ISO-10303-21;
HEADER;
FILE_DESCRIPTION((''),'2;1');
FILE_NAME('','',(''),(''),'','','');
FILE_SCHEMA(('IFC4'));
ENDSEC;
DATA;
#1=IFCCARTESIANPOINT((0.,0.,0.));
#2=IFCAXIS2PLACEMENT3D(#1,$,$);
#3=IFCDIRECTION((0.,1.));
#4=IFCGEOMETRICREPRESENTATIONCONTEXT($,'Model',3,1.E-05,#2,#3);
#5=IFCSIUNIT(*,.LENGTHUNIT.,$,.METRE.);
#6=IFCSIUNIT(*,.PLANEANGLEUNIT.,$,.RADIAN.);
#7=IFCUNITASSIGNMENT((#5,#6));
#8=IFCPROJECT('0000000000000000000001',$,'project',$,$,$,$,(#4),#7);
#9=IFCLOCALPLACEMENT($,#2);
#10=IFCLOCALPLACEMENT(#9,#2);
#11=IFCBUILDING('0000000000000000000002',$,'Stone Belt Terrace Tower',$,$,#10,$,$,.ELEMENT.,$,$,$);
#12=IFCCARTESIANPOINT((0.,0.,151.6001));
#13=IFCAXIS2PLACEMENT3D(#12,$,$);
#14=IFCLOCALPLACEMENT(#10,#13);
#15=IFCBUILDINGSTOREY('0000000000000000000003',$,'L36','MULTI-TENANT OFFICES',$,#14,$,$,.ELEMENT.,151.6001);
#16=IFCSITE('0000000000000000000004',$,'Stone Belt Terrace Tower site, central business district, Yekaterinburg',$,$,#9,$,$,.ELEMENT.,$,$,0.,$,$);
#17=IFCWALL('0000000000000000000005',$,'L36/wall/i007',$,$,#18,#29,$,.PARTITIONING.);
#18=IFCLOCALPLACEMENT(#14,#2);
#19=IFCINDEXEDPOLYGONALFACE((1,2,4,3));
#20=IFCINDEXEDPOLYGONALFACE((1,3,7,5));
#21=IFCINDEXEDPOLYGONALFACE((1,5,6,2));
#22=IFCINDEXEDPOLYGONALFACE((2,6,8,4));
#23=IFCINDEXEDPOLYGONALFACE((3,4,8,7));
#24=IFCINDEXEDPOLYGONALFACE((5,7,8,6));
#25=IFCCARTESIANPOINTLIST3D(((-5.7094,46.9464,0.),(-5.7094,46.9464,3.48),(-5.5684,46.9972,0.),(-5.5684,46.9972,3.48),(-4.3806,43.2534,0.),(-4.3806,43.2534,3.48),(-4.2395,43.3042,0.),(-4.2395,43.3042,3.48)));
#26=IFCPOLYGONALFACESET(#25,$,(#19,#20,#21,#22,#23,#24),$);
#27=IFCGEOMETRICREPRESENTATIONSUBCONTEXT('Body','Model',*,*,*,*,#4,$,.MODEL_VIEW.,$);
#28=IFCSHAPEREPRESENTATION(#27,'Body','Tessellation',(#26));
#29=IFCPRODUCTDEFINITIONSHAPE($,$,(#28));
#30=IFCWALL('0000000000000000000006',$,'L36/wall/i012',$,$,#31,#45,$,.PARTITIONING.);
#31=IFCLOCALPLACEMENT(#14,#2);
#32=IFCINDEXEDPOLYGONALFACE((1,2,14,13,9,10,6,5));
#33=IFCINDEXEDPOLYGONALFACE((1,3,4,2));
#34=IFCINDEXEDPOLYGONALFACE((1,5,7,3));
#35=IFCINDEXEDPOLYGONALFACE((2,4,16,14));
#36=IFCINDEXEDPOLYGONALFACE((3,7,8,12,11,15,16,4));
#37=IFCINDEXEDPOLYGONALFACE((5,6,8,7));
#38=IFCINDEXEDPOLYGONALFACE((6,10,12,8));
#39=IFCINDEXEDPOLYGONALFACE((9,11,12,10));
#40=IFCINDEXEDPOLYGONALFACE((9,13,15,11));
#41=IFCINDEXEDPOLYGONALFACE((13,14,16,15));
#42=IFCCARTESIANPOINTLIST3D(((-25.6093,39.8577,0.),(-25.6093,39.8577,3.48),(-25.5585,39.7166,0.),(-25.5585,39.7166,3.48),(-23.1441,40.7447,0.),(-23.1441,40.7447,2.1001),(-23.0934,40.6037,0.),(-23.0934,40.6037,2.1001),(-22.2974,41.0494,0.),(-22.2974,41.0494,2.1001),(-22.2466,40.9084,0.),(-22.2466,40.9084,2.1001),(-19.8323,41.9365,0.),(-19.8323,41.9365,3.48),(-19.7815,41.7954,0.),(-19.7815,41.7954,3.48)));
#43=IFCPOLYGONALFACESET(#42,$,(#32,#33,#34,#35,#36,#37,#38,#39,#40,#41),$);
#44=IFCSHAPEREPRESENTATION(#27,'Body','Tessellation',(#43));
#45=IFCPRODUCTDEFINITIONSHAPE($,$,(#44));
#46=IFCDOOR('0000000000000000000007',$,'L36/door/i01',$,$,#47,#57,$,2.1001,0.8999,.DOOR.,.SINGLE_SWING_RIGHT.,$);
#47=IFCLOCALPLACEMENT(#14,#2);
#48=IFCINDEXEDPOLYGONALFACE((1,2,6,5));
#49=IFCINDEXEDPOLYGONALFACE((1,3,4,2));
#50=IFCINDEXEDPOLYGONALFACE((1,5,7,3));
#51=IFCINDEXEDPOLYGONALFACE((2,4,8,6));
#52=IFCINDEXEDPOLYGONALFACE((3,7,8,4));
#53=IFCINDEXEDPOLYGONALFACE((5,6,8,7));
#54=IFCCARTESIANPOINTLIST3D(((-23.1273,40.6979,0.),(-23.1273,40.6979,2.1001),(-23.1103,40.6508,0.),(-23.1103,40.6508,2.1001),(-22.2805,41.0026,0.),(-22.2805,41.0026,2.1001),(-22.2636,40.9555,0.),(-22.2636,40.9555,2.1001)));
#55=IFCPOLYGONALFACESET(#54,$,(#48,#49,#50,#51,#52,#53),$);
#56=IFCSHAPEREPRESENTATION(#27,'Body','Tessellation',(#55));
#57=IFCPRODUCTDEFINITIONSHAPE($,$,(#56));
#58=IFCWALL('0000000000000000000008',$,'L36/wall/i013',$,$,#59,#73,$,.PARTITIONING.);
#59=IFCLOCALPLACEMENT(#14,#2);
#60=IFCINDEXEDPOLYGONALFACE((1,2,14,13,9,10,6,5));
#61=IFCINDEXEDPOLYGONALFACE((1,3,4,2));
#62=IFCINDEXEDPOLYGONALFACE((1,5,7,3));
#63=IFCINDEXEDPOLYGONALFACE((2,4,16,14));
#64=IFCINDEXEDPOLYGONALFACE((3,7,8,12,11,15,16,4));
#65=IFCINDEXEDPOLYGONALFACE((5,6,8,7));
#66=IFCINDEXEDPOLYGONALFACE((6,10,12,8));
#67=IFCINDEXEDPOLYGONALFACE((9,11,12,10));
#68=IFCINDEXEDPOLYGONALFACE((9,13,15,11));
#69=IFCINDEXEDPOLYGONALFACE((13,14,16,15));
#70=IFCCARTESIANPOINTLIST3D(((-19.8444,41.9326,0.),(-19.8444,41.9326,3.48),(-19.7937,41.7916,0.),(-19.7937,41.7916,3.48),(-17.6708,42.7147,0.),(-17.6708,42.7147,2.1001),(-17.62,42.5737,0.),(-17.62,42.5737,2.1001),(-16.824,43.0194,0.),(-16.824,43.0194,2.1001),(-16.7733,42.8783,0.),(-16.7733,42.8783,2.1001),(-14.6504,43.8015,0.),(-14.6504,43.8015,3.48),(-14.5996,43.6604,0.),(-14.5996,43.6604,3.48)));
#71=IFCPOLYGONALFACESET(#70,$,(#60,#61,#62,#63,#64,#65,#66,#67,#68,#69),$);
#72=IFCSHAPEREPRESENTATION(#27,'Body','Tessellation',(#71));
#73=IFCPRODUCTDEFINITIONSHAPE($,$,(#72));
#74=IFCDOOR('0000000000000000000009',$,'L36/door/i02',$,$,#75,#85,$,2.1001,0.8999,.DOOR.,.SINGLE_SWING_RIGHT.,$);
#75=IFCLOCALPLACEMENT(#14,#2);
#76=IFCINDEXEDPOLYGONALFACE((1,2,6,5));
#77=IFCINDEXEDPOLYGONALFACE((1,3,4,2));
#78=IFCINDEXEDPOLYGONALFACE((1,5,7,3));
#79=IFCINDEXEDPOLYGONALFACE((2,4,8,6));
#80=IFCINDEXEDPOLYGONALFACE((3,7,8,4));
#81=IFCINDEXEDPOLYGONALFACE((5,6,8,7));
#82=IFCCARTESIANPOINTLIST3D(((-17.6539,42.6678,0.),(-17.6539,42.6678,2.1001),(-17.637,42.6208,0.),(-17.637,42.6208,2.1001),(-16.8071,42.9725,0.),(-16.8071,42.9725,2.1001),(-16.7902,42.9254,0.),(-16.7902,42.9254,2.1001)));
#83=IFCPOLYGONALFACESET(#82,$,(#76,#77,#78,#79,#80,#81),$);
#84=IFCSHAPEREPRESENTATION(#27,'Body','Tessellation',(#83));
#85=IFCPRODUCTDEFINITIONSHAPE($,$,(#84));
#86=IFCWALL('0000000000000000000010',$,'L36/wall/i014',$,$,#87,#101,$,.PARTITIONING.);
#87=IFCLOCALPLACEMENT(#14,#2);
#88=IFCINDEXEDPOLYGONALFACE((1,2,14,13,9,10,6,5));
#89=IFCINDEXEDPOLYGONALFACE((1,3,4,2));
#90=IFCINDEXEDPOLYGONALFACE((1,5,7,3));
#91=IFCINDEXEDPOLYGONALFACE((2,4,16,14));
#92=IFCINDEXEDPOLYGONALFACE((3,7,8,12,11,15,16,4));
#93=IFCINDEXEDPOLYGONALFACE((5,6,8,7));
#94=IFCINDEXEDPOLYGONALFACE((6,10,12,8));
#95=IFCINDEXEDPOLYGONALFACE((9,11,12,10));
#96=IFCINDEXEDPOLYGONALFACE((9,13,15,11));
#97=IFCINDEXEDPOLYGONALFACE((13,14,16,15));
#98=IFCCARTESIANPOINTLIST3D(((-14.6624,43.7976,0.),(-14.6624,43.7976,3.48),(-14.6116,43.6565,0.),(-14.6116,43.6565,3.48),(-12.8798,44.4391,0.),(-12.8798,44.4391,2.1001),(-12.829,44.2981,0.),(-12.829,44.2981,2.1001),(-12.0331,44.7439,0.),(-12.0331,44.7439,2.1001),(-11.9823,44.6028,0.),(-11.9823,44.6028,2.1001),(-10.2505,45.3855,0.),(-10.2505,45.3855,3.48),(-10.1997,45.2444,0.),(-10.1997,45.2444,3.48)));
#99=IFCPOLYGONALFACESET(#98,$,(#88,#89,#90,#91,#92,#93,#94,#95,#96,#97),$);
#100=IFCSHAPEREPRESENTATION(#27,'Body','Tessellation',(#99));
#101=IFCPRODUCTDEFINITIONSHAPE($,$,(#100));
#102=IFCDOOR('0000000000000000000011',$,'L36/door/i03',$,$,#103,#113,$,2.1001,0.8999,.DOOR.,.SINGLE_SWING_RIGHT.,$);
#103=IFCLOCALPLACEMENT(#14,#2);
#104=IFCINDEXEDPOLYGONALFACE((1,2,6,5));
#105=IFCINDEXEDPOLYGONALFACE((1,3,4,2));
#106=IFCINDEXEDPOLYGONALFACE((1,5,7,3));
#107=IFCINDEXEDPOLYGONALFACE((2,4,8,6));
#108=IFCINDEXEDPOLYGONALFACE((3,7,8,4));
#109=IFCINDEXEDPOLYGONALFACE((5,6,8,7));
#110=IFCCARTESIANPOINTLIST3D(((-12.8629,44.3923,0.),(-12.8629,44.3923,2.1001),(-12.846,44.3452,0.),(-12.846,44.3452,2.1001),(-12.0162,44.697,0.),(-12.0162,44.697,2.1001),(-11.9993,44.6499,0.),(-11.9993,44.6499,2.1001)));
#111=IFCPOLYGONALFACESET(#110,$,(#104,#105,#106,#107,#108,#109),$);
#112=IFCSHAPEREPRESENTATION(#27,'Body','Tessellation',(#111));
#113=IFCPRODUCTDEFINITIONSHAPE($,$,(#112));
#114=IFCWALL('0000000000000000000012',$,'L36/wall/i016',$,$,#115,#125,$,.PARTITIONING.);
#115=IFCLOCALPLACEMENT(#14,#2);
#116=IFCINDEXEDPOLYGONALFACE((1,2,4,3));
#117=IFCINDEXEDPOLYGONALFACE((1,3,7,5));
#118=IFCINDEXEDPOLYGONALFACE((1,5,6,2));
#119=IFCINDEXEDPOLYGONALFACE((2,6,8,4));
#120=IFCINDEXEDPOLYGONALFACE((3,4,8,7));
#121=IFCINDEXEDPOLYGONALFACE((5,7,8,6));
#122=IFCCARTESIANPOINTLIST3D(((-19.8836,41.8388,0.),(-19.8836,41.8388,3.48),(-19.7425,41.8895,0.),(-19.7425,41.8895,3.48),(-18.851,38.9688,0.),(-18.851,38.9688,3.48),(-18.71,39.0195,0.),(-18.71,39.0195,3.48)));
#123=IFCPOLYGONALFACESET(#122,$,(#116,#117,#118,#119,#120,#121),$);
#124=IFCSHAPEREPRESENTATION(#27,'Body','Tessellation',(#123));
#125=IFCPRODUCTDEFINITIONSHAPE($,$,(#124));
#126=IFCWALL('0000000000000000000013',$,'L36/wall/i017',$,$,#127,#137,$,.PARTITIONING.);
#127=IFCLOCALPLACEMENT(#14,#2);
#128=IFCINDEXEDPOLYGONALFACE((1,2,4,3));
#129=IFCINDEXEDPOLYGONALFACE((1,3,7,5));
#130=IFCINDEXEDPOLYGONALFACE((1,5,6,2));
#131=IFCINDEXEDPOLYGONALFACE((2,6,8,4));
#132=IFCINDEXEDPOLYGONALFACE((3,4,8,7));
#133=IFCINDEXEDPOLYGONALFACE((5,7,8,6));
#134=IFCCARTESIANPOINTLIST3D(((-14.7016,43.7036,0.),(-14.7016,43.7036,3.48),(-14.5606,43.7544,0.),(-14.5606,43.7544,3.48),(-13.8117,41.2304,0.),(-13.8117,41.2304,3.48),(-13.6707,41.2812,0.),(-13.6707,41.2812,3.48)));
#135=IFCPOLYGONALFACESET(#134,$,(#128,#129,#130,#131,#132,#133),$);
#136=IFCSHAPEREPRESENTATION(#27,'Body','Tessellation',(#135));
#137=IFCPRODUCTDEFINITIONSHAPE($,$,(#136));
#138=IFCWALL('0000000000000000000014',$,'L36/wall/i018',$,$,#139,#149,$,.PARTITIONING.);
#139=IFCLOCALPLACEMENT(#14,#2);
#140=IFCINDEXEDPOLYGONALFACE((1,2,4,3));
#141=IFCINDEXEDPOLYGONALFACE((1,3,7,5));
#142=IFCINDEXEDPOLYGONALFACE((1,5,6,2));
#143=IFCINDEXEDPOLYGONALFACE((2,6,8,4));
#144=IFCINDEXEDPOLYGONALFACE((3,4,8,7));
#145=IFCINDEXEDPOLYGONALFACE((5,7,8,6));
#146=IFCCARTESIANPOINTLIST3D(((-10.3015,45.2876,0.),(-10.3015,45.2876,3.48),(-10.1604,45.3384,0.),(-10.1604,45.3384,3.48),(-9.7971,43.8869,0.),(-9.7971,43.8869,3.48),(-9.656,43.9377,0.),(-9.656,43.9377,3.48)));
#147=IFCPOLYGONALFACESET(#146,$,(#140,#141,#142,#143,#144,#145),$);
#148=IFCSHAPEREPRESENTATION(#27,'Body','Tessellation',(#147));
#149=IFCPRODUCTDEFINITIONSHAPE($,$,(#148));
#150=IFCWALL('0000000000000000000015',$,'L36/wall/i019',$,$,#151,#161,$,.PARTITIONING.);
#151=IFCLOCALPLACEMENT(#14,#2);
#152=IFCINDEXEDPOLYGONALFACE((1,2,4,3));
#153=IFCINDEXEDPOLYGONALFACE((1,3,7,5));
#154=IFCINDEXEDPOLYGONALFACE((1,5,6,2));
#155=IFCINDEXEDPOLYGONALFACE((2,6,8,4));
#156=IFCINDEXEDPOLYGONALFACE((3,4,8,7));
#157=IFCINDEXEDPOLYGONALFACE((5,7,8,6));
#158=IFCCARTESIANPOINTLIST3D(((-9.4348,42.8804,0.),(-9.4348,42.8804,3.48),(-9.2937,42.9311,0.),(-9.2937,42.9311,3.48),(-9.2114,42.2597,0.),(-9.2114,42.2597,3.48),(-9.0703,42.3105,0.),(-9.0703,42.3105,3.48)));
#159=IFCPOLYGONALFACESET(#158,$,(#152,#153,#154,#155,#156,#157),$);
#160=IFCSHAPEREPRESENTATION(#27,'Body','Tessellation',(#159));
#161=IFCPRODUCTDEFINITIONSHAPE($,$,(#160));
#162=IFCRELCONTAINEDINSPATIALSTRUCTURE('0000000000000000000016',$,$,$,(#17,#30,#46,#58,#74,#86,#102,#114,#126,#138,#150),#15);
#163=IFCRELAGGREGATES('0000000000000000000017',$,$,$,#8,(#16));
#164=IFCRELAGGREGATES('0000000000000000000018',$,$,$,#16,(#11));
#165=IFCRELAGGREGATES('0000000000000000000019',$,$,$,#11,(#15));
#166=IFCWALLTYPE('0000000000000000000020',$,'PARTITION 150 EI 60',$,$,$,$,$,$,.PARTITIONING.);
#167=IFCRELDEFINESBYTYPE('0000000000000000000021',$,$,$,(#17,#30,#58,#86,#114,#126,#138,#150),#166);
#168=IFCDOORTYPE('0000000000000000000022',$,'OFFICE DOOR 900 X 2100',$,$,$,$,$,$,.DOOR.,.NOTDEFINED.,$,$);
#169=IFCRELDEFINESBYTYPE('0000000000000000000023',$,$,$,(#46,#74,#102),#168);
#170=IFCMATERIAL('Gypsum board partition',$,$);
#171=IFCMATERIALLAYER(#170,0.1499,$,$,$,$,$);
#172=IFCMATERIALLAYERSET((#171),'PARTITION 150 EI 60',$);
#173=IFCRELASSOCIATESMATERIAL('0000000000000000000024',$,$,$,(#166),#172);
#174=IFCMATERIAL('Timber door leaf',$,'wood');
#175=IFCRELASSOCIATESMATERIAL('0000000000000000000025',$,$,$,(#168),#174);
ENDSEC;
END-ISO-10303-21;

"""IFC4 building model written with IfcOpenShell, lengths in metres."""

from ifc_helpers import new_model, si_unit, direction, frame, frame_2d, origin, place, context, subcontext, project, spatial, rectangle, extrude, material, layer, layer_set, type_object, element, fill, save


model = new_model("IFC4")

# Units and contexts
model_context = context("Model", 3, precision=1e-05, world=origin(), true_north=direction((0.0, 1.0)))
body_context = subcontext(model_context, "Body", "Model", "MODEL_VIEW")
ifc_project = project(units=[si_unit("LENGTHUNIT", "METRE"), si_unit("PLANEANGLEUNIT", "RADIAN")], contexts=[model_context])

# Site, building, storey
site_placement = place(None, origin())
site = spatial("IfcSite", under=ifc_project, at=site_placement, Name="Stone Belt Terrace Tower site, central business district, Yekaterinburg", CompositionType="ELEMENT", RefElevation=0.0)
building_placement = place(site_placement, origin())
building = spatial("IfcBuilding", under=site, at=building_placement, Name="Stone Belt Terrace Tower", CompositionType="ELEMENT")
storey_placement = place(building_placement, frame((0.0, 0.0, 151.6001)))
storey = spatial("IfcBuildingStorey", under=building, at=storey_placement, Name="L36", Description="MULTI-TENANT OFFICES", CompositionType="ELEMENT", Elevation=151.6001)

# Shared definitions
ifc_material_1 = material(Name="Timber door leaf", Category="wood")

# Wall
ifc_material_2 = material(Name="Gypsum board partition")
ifc_layer_1 = layer(ifc_material_2, 0.1499)
ifc_layer_set_1 = layer_set([ifc_layer_1], Name="PARTITION 150 EI 60")
wall_type_1 = type_object("IfcWallType", Name="PARTITION 150 EI 60", PredefinedType="PARTITIONING", material=ifc_layer_set_1)
wall_1_placement = place(storey_placement, frame((-4.3101, 43.2788, 0.0), z_axis=(0.0, 0.0, 1.0), x_axis=(-0.33857, 0.940941, 0.0)))
element("IfcWall", 1, at=wall_1_placement, inside=storey, type_object=wall_type_1, Name="L36/wall/i007", PredefinedType="PARTITIONING", context=body_context, shape_type="SweptSolid", body=[
    extrude(rectangle(XDim=3.9248, YDim=0.1499, at=frame_2d((1.9624, 0.0))), origin(), (0.0, 0.0, 1.0), 3.48),
])

# Walls, openings, doors
wall_2_placement = place(storey_placement, frame((-19.8069, 41.866, 0.0), z_axis=(0.0, 0.0, 1.0), x_axis=(-0.940934, -0.33859, 0.0)))
wall_2 = element("IfcWall", 2, at=wall_2_placement, inside=storey, type_object=wall_type_1, Name="L36/wall/i012", PredefinedType="PARTITIONING", context=body_context, shape_type="SweptSolid", body=[
    extrude(rectangle(XDim=6.1396, YDim=0.1499, at=frame_2d((3.0698, 0.0))), origin(), (0.0, 0.0, 1.0), 3.48),
])
opening_1_placement = place(wall_2_placement, frame((2.6199, 0.0, 0.0)))
opening_1 = element("IfcOpeningElement", 3, at=opening_1_placement, cuts=wall_2, PredefinedType="OPENING", context=body_context, shape_type="SweptSolid", body=[
    extrude(rectangle(XDim=0.8999, YDim=2.1001, at=frame_2d((0.45, 1.05))), frame((0.0, 0.085, 0.0), z_axis=(0.0, -1.0, 0.0), x_axis=(1.0, 0.0, 0.0)), (0.0, 0.0, 1.0), 0.1699),
])
door_type_1 = type_object("IfcDoorType", Name="OFFICE DOOR 900 X 2100", OperationType="NOTDEFINED", PredefinedType="DOOR", material=ifc_material_1)
door_1_placement = place(opening_1_placement, origin())
door_1 = element("IfcDoor", 4, at=door_1_placement, inside=storey, type_object=door_type_1, Name="L36/door/i01", OperationType="SINGLE_SWING_RIGHT", OverallHeight=2.1001, OverallWidth=0.8999, PredefinedType="DOOR", context=body_context, shape_type="SweptSolid", body=[
    extrude(rectangle(XDim=0.8999, YDim=2.1001, at=frame_2d((0.45, 1.05))), frame((0.0, 0.0249, 0.0), z_axis=(0.0, -1.0, 0.0), x_axis=(1.0, 0.0, 0.0)), (0.0, 0.0, 1.0), 0.05),
])
fill(opening_1, door_1)
wall_3_placement = place(storey_placement, frame((-14.625, 43.731, 0.0), z_axis=(0.0, 0.0, 1.0), x_axis=(-0.940944, -0.338563, 0.0)))
wall_3 = element("IfcWall", 5, at=wall_3_placement, inside=storey, type_object=wall_type_1, Name="L36/wall/i013", PredefinedType="PARTITIONING", context=body_context, shape_type="SweptSolid", body=[
    extrude(rectangle(XDim=5.52, YDim=0.1499, at=frame_2d((2.76, 0.0))), origin(), (0.0, 0.0, 1.0), 3.48),
])
opening_2_placement = place(wall_3_placement, frame((2.3101, 0.0, 0.0)))
opening_2 = element("IfcOpeningElement", 6, at=opening_2_placement, cuts=wall_3, PredefinedType="OPENING", context=body_context, shape_type="SweptSolid", body=[
    extrude(rectangle(XDim=0.8999, YDim=2.1001, at=frame_2d((0.45, 1.05))), frame((0.0, 0.085, 0.0), z_axis=(0.0, -1.0, 0.0), x_axis=(1.0, 0.0, 0.0)), (0.0, 0.0, 1.0), 0.1699),
])
door_2_placement = place(opening_2_placement, origin())
door_2 = element("IfcDoor", 7, at=door_2_placement, inside=storey, type_object=door_type_1, Name="L36/door/i02", OperationType="SINGLE_SWING_RIGHT", OverallHeight=2.1001, OverallWidth=0.8999, PredefinedType="DOOR", context=body_context, shape_type="SweptSolid", body=[
    extrude(rectangle(XDim=0.8999, YDim=2.1001, at=frame_2d((0.45, 1.05))), frame((0.0, 0.0249, 0.0), z_axis=(0.0, -1.0, 0.0), x_axis=(1.0, 0.0, 0.0)), (0.0, 0.0, 1.0), 0.05),
])
fill(opening_2, door_2)
wall_4_placement = place(storey_placement, frame((-10.2251, 45.3149, 0.0), z_axis=(0.0, 0.0, 1.0), x_axis=(-0.940913, -0.338648, 0.0)))
wall_4 = element("IfcWall", 8, at=wall_4_placement, inside=storey, type_object=wall_type_1, Name="L36/wall/i014", PredefinedType="PARTITIONING", context=body_context, shape_type="SweptSolid", body=[
    extrude(rectangle(XDim=4.689, YDim=0.1499, at=frame_2d((2.3445, 0.0))), origin(), (0.0, 0.0, 1.0), 3.48),
])
opening_3_placement = place(wall_4_placement, frame((1.8945, 0.0, 0.0)))
opening_3 = element("IfcOpeningElement", 9, at=opening_3_placement, cuts=wall_4, PredefinedType="OPENING", context=body_context, shape_type="SweptSolid", body=[
    extrude(rectangle(XDim=0.8999, YDim=2.1001, at=frame_2d((0.45, 1.05))), frame((0.0, 0.085, 0.0), z_axis=(0.0, -1.0, 0.0), x_axis=(1.0, 0.0, 0.0)), (0.0, 0.0, 1.0), 0.1699),
])
door_3_placement = place(opening_3_placement, origin())
door_3 = element("IfcDoor", 10, at=door_3_placement, inside=storey, type_object=door_type_1, Name="L36/door/i03", OperationType="SINGLE_SWING_RIGHT", OverallHeight=2.1001, OverallWidth=0.8999, PredefinedType="DOOR", context=body_context, shape_type="SweptSolid", body=[
    extrude(rectangle(XDim=0.8999, YDim=2.1001, at=frame_2d((0.45, 1.05))), frame((0.0, 0.0249, 0.0), z_axis=(0.0, -1.0, 0.0), x_axis=(1.0, 0.0, 0.0)), (0.0, 0.0, 1.0), 0.05),
])
fill(opening_3, door_3)

# Walls
wall_5_placement = place(storey_placement, frame((-19.813, 41.864, 0.0), z_axis=(0.0, 0.0, 1.0), x_axis=(0.338521, -0.940959, 0.0)))
element("IfcWall", 11, at=wall_5_placement, inside=storey, type_object=wall_type_1, Name="L36/wall/i016", PredefinedType="PARTITIONING", context=body_context, shape_type="SweptSolid", body=[
    extrude(rectangle(XDim=3.05, YDim=0.1499, at=frame_2d((1.5249, 0.0))), origin(), (0.0, 0.0, 1.0), 3.48),
])
wall_6_placement = place(storey_placement, frame((-14.6311, 43.729, 0.0), z_axis=(0.0, 0.0, 1.0), x_axis=(0.338571, -0.940941, 0.0)))
element("IfcWall", 12, at=wall_6_placement, inside=storey, type_object=wall_type_1, Name="L36/wall/i017", PredefinedType="PARTITIONING", context=body_context, shape_type="SweptSolid", body=[
    extrude(rectangle(XDim=2.6284, YDim=0.1499, at=frame_2d((1.3142, 0.0))), origin(), (0.0, 0.0, 1.0), 3.48),
])
wall_7_placement = place(storey_placement, frame((-10.231, 45.313, 0.0), z_axis=(0.0, 0.0, 1.0), x_axis=(0.338818, -0.940852, 0.0)))
element("IfcWall", 13, at=wall_7_placement, inside=storey, type_object=wall_type_1, Name="L36/wall/i018", PredefinedType="PARTITIONING", context=body_context, shape_type="SweptSolid", body=[
    extrude(rectangle(XDim=1.4888, YDim=0.1499, at=frame_2d((0.7444, 0.0))), origin(), (0.0, 0.0, 1.0), 3.48),
])
wall_8_placement = place(storey_placement, frame((-9.3643, 42.9058, 0.0), z_axis=(0.0, 0.0, 1.0), x_axis=(0.33868, -0.940902, 0.0)))
element("IfcWall", 14, at=wall_8_placement, inside=storey, type_object=wall_type_1, Name="L36/wall/i019", PredefinedType="PARTITIONING", context=body_context, shape_type="SweptSolid", body=[
    extrude(rectangle(XDim=0.6597, YDim=0.1499, at=frame_2d((0.3298, 0.0))), origin(), (0.0, 0.0, 1.0), 3.48),
])

save(model, "model.ifc")
